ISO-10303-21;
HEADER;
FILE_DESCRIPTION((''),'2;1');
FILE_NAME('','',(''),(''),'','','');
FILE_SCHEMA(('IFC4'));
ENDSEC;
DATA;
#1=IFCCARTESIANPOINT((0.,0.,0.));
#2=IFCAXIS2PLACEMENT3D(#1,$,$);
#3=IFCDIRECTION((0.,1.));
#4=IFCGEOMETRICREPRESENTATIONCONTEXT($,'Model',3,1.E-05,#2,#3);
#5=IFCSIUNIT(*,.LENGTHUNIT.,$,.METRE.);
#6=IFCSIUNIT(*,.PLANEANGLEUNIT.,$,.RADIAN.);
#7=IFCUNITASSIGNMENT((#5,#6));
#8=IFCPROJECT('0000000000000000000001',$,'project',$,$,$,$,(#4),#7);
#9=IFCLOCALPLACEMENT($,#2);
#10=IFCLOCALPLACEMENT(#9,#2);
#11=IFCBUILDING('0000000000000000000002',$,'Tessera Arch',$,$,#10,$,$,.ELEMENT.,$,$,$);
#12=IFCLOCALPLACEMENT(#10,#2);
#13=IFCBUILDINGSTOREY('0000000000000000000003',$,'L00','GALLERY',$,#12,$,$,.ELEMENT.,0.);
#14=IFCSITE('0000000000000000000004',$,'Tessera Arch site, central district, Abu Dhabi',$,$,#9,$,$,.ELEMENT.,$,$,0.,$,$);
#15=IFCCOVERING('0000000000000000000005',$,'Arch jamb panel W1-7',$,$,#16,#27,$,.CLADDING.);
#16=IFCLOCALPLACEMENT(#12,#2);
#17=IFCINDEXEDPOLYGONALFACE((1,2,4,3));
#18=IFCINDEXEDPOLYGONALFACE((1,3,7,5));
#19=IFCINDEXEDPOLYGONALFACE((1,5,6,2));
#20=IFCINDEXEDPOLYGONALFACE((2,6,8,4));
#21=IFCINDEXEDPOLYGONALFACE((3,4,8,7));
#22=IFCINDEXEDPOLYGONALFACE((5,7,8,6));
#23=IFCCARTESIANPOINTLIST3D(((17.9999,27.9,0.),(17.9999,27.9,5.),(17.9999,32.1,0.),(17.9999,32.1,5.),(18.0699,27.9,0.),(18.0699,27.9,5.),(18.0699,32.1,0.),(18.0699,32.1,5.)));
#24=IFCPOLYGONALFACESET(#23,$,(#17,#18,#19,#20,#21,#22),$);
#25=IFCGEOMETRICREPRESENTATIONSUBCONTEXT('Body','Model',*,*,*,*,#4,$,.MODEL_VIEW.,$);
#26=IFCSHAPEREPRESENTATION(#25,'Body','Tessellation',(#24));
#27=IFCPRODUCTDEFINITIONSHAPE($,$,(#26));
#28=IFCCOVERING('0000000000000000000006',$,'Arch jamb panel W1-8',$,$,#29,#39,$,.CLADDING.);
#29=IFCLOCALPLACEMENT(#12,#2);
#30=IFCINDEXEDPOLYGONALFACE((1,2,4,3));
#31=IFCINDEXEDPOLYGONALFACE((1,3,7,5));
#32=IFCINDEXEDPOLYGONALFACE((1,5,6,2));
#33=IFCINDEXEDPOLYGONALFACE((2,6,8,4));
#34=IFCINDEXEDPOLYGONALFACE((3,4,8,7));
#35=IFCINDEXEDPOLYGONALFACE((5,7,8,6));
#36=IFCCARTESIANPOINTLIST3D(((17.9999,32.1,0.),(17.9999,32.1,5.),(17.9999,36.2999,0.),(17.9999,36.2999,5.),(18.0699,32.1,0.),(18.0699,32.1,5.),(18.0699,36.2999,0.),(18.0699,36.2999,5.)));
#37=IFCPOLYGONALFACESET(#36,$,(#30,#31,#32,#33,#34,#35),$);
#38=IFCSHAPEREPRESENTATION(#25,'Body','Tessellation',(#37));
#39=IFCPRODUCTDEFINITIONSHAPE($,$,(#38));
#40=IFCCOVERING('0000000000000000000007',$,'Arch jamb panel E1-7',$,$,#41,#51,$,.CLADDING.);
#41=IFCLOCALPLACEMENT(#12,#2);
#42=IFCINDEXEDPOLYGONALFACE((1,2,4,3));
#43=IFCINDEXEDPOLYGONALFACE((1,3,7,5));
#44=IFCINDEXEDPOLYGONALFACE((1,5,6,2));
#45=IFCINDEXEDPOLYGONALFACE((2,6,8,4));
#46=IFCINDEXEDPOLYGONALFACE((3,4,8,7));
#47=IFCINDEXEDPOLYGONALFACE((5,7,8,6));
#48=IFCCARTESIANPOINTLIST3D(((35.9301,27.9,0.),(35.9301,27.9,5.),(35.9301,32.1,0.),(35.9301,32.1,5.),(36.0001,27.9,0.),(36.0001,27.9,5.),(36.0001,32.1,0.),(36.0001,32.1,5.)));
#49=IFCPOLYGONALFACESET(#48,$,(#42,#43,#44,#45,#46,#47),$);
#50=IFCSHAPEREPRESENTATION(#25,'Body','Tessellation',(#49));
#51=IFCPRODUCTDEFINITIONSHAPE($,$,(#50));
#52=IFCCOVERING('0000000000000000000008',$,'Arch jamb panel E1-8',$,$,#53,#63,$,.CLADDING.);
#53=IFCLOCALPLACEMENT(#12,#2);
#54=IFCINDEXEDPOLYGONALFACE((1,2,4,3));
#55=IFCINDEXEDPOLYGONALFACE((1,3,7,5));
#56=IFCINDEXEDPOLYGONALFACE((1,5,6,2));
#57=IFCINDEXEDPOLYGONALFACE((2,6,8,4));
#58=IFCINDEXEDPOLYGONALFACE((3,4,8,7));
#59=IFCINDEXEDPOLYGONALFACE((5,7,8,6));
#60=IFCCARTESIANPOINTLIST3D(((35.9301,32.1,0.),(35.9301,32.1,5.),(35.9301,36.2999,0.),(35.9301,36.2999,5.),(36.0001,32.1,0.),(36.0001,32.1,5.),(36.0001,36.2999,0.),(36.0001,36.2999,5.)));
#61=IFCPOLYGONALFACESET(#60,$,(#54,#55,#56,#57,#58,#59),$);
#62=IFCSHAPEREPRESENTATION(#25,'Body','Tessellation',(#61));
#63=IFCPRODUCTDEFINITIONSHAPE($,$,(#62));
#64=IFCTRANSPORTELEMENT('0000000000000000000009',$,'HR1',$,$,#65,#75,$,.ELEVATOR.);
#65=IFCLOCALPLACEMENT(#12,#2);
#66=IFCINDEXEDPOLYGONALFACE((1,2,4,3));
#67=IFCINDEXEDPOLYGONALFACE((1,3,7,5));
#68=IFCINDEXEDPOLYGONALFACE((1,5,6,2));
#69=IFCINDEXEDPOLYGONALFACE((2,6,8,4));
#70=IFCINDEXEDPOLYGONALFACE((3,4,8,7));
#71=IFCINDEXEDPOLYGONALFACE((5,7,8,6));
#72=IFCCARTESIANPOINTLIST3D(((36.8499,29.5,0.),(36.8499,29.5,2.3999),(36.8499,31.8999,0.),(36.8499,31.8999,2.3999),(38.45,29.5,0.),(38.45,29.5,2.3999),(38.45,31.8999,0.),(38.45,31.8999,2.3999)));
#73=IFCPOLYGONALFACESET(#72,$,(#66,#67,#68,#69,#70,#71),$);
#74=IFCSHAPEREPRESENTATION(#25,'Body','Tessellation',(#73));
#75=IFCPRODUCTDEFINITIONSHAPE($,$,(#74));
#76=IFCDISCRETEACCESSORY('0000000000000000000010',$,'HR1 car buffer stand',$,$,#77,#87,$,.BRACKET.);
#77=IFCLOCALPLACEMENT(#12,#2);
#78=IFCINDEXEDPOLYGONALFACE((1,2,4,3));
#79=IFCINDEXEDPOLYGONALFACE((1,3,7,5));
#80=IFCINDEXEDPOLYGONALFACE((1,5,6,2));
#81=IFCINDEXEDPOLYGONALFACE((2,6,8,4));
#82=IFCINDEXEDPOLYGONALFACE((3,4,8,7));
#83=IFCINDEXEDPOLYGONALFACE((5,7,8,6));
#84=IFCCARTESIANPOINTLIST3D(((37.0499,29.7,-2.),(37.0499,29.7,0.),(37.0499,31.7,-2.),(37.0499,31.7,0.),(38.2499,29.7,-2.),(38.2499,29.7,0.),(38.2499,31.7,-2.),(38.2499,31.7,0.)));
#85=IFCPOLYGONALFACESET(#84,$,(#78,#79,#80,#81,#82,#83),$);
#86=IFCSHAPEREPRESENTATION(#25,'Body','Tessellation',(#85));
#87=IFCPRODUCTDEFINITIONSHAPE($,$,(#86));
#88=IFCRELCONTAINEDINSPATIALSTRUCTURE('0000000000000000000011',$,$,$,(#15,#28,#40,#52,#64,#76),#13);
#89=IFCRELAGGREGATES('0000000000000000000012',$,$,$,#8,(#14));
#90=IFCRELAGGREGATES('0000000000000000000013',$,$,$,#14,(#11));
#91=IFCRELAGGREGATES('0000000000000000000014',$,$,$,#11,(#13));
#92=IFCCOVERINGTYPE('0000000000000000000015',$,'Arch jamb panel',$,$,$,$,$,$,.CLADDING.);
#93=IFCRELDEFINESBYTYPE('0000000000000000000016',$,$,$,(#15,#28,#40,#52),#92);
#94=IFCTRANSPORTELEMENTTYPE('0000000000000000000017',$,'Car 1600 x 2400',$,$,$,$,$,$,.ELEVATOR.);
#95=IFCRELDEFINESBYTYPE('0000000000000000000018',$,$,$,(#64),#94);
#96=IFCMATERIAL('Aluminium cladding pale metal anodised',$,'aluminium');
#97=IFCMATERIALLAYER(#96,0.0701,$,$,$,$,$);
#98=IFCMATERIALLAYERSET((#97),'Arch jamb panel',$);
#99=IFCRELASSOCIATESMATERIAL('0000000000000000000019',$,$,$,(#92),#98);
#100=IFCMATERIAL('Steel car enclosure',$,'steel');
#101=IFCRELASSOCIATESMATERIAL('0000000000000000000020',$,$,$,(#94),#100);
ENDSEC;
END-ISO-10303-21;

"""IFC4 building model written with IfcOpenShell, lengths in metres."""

from ifc_helpers import new_model, si_unit, direction, frame, origin, origin_2d, place, context, subcontext, project, spatial, rectangle, extrude, material, layer, layer_set, type_object, element, save


model = new_model("IFC4")

# Units and contexts
model_context = context("Model", 3, precision=1e-05, world=origin(), true_north=direction((0.0, 1.0)))
body_context = subcontext(model_context, "Body", "Model", "MODEL_VIEW")
ifc_project = project(units=[si_unit("LENGTHUNIT", "METRE"), si_unit("PLANEANGLEUNIT", "RADIAN")], contexts=[model_context])

# Site, building, storey
site_placement = place(None, origin())
site = spatial("IfcSite", under=ifc_project, at=site_placement, Name="Tessera Arch site, central district, Abu Dhabi", CompositionType="ELEMENT", RefElevation=0.0)
building_placement = place(site_placement, origin())
building = spatial("IfcBuilding", under=site, at=building_placement, Name="Tessera Arch", CompositionType="ELEMENT")
storey_placement = place(building_placement, origin())
storey = spatial("IfcBuildingStorey", under=building, at=storey_placement, Name="L00", Description="GALLERY", CompositionType="ELEMENT", Elevation=0.0)

# Coverings
ifc_material_1 = material(Name="Aluminium cladding pale metal anodised", Category="aluminium")
ifc_layer_1 = layer(ifc_material_1, 0.0701)
ifc_layer_set_1 = layer_set([ifc_layer_1], Name="Arch jamb panel")
covering_type = type_object("IfcCoveringType", Name="Arch jamb panel", PredefinedType="CLADDING", material=ifc_layer_set_1)
for number, where, z_axis, x_axis, name in (
    (1, (18.0349, 30.0, 0.0), (0.0, 0.0, 1.0), (1.0, 0.0, 0.0), "Arch jamb panel W1-7"),
    (2, (18.0349, 34.2, 0.0), (0.0, 0.0, 1.0), (1.0, 0.0, 0.0), "Arch jamb panel W1-8"),
    (3, (35.9651, 30.0, 0.0), (0.0, 0.0, 1.0), (1.0, 0.0, 0.0), "Arch jamb panel E1-7"),
    (4, (35.9651, 34.2, 0.0), (0.0, 0.0, 1.0), (1.0, 0.0, 0.0), "Arch jamb panel E1-8"),
):
    element("IfcCovering", number, at=place(storey_placement, frame(where, z_axis=z_axis, x_axis=x_axis)), inside=storey, type_object=covering_type, Name=name, PredefinedType="CLADDING", context=body_context, shape_type="SweptSolid", body=[
        extrude(rectangle(XDim=0.0701, YDim=4.2, at=origin_2d()), origin(), (0.0, 0.0, 1.0), 5.0),
    ])

# Transport element
ifc_material_2 = material(Name="Steel car enclosure", Category="steel")
transport_element_type = type_object("IfcTransportElementType", Name="Car 1600 x 2400", PredefinedType="ELEVATOR", material=ifc_material_2)
transport_element_placement = place(storey_placement, frame((37.6499, 30.7, 0.0), z_axis=(0.0, 0.0, 1.0), x_axis=(1.0, 0.0, 0.0)))
element("IfcTransportElement", 5, at=transport_element_placement, inside=storey, type_object=transport_element_type, Name="HR1", PredefinedType="ELEVATOR", context=body_context, shape_type="SweptSolid", body=[
    extrude(rectangle(XDim=1.6001, YDim=2.3999, at=origin_2d()), origin(), (0.0, 0.0, 1.0), 2.3999),
])

# Discrete accessory
discrete_accessory_placement = place(storey_placement, frame((37.6499, 30.7, -2.0), z_axis=(0.0, 0.0, 1.0), x_axis=(1.0, 0.0, 0.0)))
element("IfcDiscreteAccessory", 6, at=discrete_accessory_placement, inside=storey, Name="HR1 car buffer stand", PredefinedType="BRACKET", context=body_context, shape_type="SweptSolid", body=[
    extrude(rectangle(XDim=1.2, YDim=2.0, at=origin_2d()), origin(), (0.0, 0.0, 1.0), 2.0),
])

save(model, "model.ifc")
